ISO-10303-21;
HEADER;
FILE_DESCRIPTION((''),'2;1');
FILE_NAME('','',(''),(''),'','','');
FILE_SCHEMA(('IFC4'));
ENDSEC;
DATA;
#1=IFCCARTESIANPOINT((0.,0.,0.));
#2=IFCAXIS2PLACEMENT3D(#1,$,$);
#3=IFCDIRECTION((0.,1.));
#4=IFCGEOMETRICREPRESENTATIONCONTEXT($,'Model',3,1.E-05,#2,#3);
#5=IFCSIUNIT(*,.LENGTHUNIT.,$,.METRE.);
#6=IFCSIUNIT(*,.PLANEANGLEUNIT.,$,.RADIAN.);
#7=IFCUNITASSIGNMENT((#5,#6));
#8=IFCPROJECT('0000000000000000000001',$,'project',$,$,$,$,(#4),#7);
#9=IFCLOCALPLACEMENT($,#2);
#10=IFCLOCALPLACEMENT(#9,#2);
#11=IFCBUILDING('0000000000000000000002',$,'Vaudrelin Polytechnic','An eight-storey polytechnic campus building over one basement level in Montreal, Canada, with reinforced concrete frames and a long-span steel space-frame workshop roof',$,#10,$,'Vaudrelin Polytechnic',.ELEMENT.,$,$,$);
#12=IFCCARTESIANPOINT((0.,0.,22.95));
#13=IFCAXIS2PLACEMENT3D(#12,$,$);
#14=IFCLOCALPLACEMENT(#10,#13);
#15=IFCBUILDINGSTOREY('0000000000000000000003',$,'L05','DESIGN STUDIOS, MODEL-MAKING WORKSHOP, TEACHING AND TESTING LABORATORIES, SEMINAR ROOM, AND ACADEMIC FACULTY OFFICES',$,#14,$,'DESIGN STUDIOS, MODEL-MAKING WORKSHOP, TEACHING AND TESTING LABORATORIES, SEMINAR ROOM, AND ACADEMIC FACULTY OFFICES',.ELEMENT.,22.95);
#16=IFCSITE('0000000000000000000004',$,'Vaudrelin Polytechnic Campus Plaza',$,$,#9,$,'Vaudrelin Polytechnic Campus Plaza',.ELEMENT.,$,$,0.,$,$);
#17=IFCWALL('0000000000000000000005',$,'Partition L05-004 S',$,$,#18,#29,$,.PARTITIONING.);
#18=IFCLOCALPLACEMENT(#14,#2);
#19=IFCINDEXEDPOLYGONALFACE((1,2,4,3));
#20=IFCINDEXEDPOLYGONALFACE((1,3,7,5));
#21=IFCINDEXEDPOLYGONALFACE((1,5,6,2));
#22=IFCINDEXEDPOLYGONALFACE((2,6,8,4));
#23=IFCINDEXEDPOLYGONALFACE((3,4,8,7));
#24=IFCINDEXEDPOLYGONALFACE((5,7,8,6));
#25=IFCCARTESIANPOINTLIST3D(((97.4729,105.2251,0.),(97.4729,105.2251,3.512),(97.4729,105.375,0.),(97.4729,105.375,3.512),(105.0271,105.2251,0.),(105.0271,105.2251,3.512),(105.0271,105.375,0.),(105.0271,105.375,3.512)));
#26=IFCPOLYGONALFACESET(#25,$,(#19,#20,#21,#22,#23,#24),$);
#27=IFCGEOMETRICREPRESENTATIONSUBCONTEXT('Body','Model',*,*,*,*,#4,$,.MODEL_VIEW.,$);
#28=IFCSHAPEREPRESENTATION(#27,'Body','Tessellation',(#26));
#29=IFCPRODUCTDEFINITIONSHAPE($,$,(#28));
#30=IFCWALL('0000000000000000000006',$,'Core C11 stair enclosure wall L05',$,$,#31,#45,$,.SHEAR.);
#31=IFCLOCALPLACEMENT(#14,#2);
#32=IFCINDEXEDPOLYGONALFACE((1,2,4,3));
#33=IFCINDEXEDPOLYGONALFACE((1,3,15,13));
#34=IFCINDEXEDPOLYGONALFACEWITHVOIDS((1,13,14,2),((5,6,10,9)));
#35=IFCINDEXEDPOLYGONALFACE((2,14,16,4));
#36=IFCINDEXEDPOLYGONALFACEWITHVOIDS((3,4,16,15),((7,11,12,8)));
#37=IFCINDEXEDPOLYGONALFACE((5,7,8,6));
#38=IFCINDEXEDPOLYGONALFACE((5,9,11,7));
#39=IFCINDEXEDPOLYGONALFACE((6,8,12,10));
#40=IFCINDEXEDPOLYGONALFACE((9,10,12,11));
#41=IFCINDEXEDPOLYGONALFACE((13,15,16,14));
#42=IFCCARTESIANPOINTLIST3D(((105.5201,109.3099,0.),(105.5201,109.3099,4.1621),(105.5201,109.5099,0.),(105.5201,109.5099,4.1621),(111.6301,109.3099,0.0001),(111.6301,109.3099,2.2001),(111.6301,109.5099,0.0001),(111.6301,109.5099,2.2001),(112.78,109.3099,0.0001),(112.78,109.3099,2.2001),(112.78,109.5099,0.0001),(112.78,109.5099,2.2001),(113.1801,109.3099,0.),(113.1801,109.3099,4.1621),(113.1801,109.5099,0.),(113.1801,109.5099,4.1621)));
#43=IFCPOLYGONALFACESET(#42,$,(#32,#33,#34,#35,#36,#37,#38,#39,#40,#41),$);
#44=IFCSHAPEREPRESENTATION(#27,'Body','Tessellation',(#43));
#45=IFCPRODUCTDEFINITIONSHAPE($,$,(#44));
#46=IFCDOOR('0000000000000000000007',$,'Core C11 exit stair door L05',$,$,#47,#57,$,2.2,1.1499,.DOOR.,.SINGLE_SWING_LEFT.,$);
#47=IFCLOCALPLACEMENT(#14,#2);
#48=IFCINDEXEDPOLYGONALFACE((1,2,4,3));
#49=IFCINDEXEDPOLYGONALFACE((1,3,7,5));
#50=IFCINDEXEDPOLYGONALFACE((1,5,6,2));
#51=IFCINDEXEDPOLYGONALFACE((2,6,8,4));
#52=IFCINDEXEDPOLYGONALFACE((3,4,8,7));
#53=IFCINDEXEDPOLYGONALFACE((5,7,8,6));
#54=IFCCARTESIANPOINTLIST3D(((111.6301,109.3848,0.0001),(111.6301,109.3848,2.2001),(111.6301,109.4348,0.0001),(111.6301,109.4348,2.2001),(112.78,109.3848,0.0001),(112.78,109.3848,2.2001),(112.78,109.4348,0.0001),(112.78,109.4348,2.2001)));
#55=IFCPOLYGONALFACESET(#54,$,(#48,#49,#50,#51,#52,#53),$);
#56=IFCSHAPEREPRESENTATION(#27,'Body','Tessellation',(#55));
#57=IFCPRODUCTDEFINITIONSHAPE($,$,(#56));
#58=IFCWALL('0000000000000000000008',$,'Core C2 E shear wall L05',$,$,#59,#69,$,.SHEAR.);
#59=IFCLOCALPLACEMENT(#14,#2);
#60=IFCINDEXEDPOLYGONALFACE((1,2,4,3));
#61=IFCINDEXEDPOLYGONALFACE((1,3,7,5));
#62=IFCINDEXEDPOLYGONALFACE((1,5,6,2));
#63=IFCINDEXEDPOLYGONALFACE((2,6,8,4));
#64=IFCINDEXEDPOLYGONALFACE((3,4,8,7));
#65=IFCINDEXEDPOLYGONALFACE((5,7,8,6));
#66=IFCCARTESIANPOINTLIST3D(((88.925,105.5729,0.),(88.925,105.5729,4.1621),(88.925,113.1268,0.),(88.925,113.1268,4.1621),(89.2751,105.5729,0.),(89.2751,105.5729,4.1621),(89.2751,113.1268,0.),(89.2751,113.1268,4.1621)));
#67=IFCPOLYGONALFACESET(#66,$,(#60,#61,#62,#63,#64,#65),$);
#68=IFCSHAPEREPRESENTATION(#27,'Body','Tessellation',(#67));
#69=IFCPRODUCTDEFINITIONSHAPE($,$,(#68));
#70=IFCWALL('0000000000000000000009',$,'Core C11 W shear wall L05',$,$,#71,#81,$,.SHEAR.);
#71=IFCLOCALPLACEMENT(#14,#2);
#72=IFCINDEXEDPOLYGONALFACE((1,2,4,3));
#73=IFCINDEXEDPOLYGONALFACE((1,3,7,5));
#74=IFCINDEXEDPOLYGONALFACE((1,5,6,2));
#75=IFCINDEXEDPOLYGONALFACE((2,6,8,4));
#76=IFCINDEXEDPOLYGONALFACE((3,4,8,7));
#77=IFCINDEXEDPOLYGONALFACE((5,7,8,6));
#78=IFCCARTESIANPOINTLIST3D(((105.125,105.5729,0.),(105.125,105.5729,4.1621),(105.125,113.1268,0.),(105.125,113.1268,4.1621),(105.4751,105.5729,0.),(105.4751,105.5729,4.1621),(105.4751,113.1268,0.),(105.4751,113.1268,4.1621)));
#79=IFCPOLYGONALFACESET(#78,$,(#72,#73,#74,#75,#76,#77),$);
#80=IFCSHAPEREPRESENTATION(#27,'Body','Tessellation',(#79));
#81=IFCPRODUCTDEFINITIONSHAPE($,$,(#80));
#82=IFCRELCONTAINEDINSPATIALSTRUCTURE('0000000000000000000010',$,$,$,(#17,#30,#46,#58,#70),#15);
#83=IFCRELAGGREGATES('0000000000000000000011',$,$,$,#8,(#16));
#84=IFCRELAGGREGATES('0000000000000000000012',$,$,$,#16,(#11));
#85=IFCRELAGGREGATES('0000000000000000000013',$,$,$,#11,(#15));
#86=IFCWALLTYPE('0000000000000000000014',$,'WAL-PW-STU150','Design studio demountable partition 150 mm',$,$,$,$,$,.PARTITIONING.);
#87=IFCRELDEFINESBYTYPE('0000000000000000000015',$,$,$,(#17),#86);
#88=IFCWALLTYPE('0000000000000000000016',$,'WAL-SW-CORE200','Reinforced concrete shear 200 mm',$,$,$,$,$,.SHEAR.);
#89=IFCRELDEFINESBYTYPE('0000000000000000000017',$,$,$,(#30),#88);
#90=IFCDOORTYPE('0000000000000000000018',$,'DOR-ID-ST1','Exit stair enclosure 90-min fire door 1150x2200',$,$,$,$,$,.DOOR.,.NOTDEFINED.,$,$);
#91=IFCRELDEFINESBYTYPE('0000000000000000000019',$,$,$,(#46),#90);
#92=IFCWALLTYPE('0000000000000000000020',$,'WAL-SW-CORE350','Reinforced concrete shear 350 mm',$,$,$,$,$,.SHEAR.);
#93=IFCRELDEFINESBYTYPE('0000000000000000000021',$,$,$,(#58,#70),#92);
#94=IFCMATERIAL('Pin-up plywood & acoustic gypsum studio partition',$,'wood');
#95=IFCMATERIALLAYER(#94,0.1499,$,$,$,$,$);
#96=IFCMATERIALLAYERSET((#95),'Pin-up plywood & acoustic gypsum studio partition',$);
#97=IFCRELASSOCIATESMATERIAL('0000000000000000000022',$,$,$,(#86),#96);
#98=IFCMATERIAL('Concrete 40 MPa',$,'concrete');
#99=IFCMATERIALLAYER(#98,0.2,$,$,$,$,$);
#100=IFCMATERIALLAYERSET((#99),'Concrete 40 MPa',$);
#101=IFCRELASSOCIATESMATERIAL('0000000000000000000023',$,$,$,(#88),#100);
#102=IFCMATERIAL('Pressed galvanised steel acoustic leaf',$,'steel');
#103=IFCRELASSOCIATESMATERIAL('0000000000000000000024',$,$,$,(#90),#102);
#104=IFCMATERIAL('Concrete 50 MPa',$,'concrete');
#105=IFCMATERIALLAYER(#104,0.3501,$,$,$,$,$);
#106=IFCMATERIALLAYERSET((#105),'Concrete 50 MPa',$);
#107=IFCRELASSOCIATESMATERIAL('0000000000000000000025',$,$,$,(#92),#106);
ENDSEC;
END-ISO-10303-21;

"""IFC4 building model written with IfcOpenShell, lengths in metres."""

from ifc_helpers import new_model, si_unit, direction, frame, frame_2d, origin, place, context, subcontext, project, spatial, rectangle, extrude, material, layer, layer_set, type_object, element, fill, save


model = new_model("IFC4")

# Units and contexts
model_context = context("Model", 3, precision=1e-05, world=origin(), true_north=direction((0.0, 1.0)))
body_context = subcontext(model_context, "Body", "Model", "MODEL_VIEW")
ifc_project = project(units=[si_unit("LENGTHUNIT", "METRE"), si_unit("PLANEANGLEUNIT", "RADIAN")], contexts=[model_context])

# Site, building, storey
site_placement = place(None, origin())
site = spatial("IfcSite", under=ifc_project, at=site_placement, Name="Vaudrelin Polytechnic Campus Plaza", LongName="Vaudrelin Polytechnic Campus Plaza", CompositionType="ELEMENT", RefElevation=0.0)
building_placement = place(site_placement, origin())
building = spatial("IfcBuilding", under=site, at=building_placement, Name="Vaudrelin Polytechnic", Description="An eight-storey polytechnic campus building over one basement level in Montreal, Canada, with reinforced concrete frames and a long-span steel space-frame workshop roof", LongName="Vaudrelin Polytechnic", CompositionType="ELEMENT")
storey_placement = place(building_placement, frame((0.0, 0.0, 22.95)))
storey = spatial("IfcBuildingStorey", under=building, at=storey_placement, Name="L05", Description="DESIGN STUDIOS, MODEL-MAKING WORKSHOP, TEACHING AND TESTING LABORATORIES, SEMINAR ROOM, AND ACADEMIC FACULTY OFFICES", LongName="DESIGN STUDIOS, MODEL-MAKING WORKSHOP, TEACHING AND TESTING LABORATORIES, SEMINAR ROOM, AND ACADEMIC FACULTY OFFICES", CompositionType="ELEMENT", Elevation=22.95)

# Shared definitions
ifc_material_1 = material(Name="Concrete 40 MPa", Category="concrete")

# Shared definitions
ifc_material_2 = material(Name="Pin-up plywood & acoustic gypsum studio partition", Category="wood")
ifc_layer_1 = layer(ifc_material_2, 0.1499)
ifc_layer_set_1 = layer_set([ifc_layer_1], Name="Pin-up plywood & acoustic gypsum studio partition")
wall_type_1 = type_object("IfcWallType", Name="WAL-PW-STU150", Description="Design studio demountable partition 150 mm", PredefinedType="PARTITIONING", material=ifc_layer_set_1)

# Wall
wall_1_placement = place(storey_placement, frame((97.4729, 105.3, 0.0), z_axis=(0.0, 0.0, 1.0), x_axis=(1.0, 0.0, 0.0)))
element("IfcWall", 1, at=wall_1_placement, inside=storey, type_object=wall_type_1, Name="Partition L05-004 S", PredefinedType="PARTITIONING", context=body_context, shape_type="SweptSolid", body=[
    extrude(rectangle(XDim=7.5542, YDim=0.1499, at=frame_2d((3.7771, 0.0))), origin(), (0.0, 0.0, 1.0), 3.512),
])

# Wall, opening, door
ifc_layer_2 = layer(ifc_material_1, 0.2)
ifc_layer_set_2 = layer_set([ifc_layer_2], Name="Concrete 40 MPa")
wall_type_2 = type_object("IfcWallType", Name="WAL-SW-CORE200", Description="Reinforced concrete shear 200 mm", PredefinedType="SHEAR", material=ifc_layer_set_2)
wall_2_placement = place(storey_placement, frame((105.52, 109.4099, 0.0), z_axis=(0.0, 0.0, 1.0), x_axis=(1.0, 0.0, 0.0)))
wall_2 = element("IfcWall", 2, at=wall_2_placement, inside=storey, type_object=wall_type_2, Name="Core C11 stair enclosure wall L05", PredefinedType="SHEAR", context=body_context, shape_type="SweptSolid", body=[
    extrude(rectangle(XDim=7.6599, YDim=0.2, at=frame_2d((3.8301, 0.0))), origin(), (0.0, 0.0, 1.0), 4.1621),
])
opening_1_placement = place(wall_2_placement, frame((6.1101, 0.0, 0.0)))
opening_1 = element("IfcOpeningElement", 3, at=opening_1_placement, cuts=wall_2, PredefinedType="OPENING", context=body_context, shape_type="SweptSolid", body=[
    extrude(rectangle(XDim=1.1499, YDim=2.2, at=frame_2d((0.575, 1.1001))), frame((0.0, 0.1099, 0.0), z_axis=(0.0, -1.0, 0.0), x_axis=(1.0, 0.0, 0.0)), (0.0, 0.0, 1.0), 0.22),
])
ifc_material_3 = material(Name="Pressed galvanised steel acoustic leaf", Category="steel")
door_type_1 = type_object("IfcDoorType", Name="DOR-ID-ST1", Description="Exit stair enclosure 90-min fire door 1150x2200", OperationType="NOTDEFINED", PredefinedType="DOOR", material=ifc_material_3)
door_1_placement = place(opening_1_placement, origin())
door_1 = element("IfcDoor", 4, at=door_1_placement, inside=storey, type_object=door_type_1, Name="Core C11 exit stair door L05", OperationType="SINGLE_SWING_LEFT", OverallHeight=2.2, OverallWidth=1.1499, PredefinedType="DOOR", context=body_context, shape_type="SweptSolid", body=[
    extrude(rectangle(XDim=1.1499, YDim=2.2, at=frame_2d((0.575, 1.1001))), frame((0.0, 0.0249, 0.0), z_axis=(0.0, -1.0, 0.0), x_axis=(1.0, 0.0, 0.0)), (0.0, 0.0, 1.0), 0.05),
])
fill(opening_1, door_1)

# Walls
ifc_material_4 = material(Name="Concrete 50 MPa", Category="concrete")
ifc_layer_3 = layer(ifc_material_4, 0.3501)
ifc_layer_set_3 = layer_set([ifc_layer_3], Name="Concrete 50 MPa")
wall_type_3 = type_object("IfcWallType", Name="WAL-SW-CORE350", Description="Reinforced concrete shear 350 mm", PredefinedType="SHEAR", material=ifc_layer_set_3)
for number, where, z_axis, x_axis, name in (
    (5, (89.1001, 105.573, 0.0), (0.0, 0.0, 1.0), (0.0, 1.0, 0.0), "Core C2 E shear wall L05"),
    (6, (105.3, 105.573, 0.0), (0.0, 0.0, 1.0), (0.0, 1.0, 0.0), "Core C11 W shear wall L05"),
):
    element("IfcWall", number, at=place(storey_placement, frame(where, z_axis=z_axis, x_axis=x_axis)), inside=storey, type_object=wall_type_3, Name=name, PredefinedType="SHEAR", context=body_context, shape_type="SweptSolid", body=[
        extrude(rectangle(XDim=7.554, YDim=0.3501, at=frame_2d((3.7769, 0.0))), origin(), (0.0, 0.0, 1.0), 4.1621),
    ])

save(model, "model.ifc")
